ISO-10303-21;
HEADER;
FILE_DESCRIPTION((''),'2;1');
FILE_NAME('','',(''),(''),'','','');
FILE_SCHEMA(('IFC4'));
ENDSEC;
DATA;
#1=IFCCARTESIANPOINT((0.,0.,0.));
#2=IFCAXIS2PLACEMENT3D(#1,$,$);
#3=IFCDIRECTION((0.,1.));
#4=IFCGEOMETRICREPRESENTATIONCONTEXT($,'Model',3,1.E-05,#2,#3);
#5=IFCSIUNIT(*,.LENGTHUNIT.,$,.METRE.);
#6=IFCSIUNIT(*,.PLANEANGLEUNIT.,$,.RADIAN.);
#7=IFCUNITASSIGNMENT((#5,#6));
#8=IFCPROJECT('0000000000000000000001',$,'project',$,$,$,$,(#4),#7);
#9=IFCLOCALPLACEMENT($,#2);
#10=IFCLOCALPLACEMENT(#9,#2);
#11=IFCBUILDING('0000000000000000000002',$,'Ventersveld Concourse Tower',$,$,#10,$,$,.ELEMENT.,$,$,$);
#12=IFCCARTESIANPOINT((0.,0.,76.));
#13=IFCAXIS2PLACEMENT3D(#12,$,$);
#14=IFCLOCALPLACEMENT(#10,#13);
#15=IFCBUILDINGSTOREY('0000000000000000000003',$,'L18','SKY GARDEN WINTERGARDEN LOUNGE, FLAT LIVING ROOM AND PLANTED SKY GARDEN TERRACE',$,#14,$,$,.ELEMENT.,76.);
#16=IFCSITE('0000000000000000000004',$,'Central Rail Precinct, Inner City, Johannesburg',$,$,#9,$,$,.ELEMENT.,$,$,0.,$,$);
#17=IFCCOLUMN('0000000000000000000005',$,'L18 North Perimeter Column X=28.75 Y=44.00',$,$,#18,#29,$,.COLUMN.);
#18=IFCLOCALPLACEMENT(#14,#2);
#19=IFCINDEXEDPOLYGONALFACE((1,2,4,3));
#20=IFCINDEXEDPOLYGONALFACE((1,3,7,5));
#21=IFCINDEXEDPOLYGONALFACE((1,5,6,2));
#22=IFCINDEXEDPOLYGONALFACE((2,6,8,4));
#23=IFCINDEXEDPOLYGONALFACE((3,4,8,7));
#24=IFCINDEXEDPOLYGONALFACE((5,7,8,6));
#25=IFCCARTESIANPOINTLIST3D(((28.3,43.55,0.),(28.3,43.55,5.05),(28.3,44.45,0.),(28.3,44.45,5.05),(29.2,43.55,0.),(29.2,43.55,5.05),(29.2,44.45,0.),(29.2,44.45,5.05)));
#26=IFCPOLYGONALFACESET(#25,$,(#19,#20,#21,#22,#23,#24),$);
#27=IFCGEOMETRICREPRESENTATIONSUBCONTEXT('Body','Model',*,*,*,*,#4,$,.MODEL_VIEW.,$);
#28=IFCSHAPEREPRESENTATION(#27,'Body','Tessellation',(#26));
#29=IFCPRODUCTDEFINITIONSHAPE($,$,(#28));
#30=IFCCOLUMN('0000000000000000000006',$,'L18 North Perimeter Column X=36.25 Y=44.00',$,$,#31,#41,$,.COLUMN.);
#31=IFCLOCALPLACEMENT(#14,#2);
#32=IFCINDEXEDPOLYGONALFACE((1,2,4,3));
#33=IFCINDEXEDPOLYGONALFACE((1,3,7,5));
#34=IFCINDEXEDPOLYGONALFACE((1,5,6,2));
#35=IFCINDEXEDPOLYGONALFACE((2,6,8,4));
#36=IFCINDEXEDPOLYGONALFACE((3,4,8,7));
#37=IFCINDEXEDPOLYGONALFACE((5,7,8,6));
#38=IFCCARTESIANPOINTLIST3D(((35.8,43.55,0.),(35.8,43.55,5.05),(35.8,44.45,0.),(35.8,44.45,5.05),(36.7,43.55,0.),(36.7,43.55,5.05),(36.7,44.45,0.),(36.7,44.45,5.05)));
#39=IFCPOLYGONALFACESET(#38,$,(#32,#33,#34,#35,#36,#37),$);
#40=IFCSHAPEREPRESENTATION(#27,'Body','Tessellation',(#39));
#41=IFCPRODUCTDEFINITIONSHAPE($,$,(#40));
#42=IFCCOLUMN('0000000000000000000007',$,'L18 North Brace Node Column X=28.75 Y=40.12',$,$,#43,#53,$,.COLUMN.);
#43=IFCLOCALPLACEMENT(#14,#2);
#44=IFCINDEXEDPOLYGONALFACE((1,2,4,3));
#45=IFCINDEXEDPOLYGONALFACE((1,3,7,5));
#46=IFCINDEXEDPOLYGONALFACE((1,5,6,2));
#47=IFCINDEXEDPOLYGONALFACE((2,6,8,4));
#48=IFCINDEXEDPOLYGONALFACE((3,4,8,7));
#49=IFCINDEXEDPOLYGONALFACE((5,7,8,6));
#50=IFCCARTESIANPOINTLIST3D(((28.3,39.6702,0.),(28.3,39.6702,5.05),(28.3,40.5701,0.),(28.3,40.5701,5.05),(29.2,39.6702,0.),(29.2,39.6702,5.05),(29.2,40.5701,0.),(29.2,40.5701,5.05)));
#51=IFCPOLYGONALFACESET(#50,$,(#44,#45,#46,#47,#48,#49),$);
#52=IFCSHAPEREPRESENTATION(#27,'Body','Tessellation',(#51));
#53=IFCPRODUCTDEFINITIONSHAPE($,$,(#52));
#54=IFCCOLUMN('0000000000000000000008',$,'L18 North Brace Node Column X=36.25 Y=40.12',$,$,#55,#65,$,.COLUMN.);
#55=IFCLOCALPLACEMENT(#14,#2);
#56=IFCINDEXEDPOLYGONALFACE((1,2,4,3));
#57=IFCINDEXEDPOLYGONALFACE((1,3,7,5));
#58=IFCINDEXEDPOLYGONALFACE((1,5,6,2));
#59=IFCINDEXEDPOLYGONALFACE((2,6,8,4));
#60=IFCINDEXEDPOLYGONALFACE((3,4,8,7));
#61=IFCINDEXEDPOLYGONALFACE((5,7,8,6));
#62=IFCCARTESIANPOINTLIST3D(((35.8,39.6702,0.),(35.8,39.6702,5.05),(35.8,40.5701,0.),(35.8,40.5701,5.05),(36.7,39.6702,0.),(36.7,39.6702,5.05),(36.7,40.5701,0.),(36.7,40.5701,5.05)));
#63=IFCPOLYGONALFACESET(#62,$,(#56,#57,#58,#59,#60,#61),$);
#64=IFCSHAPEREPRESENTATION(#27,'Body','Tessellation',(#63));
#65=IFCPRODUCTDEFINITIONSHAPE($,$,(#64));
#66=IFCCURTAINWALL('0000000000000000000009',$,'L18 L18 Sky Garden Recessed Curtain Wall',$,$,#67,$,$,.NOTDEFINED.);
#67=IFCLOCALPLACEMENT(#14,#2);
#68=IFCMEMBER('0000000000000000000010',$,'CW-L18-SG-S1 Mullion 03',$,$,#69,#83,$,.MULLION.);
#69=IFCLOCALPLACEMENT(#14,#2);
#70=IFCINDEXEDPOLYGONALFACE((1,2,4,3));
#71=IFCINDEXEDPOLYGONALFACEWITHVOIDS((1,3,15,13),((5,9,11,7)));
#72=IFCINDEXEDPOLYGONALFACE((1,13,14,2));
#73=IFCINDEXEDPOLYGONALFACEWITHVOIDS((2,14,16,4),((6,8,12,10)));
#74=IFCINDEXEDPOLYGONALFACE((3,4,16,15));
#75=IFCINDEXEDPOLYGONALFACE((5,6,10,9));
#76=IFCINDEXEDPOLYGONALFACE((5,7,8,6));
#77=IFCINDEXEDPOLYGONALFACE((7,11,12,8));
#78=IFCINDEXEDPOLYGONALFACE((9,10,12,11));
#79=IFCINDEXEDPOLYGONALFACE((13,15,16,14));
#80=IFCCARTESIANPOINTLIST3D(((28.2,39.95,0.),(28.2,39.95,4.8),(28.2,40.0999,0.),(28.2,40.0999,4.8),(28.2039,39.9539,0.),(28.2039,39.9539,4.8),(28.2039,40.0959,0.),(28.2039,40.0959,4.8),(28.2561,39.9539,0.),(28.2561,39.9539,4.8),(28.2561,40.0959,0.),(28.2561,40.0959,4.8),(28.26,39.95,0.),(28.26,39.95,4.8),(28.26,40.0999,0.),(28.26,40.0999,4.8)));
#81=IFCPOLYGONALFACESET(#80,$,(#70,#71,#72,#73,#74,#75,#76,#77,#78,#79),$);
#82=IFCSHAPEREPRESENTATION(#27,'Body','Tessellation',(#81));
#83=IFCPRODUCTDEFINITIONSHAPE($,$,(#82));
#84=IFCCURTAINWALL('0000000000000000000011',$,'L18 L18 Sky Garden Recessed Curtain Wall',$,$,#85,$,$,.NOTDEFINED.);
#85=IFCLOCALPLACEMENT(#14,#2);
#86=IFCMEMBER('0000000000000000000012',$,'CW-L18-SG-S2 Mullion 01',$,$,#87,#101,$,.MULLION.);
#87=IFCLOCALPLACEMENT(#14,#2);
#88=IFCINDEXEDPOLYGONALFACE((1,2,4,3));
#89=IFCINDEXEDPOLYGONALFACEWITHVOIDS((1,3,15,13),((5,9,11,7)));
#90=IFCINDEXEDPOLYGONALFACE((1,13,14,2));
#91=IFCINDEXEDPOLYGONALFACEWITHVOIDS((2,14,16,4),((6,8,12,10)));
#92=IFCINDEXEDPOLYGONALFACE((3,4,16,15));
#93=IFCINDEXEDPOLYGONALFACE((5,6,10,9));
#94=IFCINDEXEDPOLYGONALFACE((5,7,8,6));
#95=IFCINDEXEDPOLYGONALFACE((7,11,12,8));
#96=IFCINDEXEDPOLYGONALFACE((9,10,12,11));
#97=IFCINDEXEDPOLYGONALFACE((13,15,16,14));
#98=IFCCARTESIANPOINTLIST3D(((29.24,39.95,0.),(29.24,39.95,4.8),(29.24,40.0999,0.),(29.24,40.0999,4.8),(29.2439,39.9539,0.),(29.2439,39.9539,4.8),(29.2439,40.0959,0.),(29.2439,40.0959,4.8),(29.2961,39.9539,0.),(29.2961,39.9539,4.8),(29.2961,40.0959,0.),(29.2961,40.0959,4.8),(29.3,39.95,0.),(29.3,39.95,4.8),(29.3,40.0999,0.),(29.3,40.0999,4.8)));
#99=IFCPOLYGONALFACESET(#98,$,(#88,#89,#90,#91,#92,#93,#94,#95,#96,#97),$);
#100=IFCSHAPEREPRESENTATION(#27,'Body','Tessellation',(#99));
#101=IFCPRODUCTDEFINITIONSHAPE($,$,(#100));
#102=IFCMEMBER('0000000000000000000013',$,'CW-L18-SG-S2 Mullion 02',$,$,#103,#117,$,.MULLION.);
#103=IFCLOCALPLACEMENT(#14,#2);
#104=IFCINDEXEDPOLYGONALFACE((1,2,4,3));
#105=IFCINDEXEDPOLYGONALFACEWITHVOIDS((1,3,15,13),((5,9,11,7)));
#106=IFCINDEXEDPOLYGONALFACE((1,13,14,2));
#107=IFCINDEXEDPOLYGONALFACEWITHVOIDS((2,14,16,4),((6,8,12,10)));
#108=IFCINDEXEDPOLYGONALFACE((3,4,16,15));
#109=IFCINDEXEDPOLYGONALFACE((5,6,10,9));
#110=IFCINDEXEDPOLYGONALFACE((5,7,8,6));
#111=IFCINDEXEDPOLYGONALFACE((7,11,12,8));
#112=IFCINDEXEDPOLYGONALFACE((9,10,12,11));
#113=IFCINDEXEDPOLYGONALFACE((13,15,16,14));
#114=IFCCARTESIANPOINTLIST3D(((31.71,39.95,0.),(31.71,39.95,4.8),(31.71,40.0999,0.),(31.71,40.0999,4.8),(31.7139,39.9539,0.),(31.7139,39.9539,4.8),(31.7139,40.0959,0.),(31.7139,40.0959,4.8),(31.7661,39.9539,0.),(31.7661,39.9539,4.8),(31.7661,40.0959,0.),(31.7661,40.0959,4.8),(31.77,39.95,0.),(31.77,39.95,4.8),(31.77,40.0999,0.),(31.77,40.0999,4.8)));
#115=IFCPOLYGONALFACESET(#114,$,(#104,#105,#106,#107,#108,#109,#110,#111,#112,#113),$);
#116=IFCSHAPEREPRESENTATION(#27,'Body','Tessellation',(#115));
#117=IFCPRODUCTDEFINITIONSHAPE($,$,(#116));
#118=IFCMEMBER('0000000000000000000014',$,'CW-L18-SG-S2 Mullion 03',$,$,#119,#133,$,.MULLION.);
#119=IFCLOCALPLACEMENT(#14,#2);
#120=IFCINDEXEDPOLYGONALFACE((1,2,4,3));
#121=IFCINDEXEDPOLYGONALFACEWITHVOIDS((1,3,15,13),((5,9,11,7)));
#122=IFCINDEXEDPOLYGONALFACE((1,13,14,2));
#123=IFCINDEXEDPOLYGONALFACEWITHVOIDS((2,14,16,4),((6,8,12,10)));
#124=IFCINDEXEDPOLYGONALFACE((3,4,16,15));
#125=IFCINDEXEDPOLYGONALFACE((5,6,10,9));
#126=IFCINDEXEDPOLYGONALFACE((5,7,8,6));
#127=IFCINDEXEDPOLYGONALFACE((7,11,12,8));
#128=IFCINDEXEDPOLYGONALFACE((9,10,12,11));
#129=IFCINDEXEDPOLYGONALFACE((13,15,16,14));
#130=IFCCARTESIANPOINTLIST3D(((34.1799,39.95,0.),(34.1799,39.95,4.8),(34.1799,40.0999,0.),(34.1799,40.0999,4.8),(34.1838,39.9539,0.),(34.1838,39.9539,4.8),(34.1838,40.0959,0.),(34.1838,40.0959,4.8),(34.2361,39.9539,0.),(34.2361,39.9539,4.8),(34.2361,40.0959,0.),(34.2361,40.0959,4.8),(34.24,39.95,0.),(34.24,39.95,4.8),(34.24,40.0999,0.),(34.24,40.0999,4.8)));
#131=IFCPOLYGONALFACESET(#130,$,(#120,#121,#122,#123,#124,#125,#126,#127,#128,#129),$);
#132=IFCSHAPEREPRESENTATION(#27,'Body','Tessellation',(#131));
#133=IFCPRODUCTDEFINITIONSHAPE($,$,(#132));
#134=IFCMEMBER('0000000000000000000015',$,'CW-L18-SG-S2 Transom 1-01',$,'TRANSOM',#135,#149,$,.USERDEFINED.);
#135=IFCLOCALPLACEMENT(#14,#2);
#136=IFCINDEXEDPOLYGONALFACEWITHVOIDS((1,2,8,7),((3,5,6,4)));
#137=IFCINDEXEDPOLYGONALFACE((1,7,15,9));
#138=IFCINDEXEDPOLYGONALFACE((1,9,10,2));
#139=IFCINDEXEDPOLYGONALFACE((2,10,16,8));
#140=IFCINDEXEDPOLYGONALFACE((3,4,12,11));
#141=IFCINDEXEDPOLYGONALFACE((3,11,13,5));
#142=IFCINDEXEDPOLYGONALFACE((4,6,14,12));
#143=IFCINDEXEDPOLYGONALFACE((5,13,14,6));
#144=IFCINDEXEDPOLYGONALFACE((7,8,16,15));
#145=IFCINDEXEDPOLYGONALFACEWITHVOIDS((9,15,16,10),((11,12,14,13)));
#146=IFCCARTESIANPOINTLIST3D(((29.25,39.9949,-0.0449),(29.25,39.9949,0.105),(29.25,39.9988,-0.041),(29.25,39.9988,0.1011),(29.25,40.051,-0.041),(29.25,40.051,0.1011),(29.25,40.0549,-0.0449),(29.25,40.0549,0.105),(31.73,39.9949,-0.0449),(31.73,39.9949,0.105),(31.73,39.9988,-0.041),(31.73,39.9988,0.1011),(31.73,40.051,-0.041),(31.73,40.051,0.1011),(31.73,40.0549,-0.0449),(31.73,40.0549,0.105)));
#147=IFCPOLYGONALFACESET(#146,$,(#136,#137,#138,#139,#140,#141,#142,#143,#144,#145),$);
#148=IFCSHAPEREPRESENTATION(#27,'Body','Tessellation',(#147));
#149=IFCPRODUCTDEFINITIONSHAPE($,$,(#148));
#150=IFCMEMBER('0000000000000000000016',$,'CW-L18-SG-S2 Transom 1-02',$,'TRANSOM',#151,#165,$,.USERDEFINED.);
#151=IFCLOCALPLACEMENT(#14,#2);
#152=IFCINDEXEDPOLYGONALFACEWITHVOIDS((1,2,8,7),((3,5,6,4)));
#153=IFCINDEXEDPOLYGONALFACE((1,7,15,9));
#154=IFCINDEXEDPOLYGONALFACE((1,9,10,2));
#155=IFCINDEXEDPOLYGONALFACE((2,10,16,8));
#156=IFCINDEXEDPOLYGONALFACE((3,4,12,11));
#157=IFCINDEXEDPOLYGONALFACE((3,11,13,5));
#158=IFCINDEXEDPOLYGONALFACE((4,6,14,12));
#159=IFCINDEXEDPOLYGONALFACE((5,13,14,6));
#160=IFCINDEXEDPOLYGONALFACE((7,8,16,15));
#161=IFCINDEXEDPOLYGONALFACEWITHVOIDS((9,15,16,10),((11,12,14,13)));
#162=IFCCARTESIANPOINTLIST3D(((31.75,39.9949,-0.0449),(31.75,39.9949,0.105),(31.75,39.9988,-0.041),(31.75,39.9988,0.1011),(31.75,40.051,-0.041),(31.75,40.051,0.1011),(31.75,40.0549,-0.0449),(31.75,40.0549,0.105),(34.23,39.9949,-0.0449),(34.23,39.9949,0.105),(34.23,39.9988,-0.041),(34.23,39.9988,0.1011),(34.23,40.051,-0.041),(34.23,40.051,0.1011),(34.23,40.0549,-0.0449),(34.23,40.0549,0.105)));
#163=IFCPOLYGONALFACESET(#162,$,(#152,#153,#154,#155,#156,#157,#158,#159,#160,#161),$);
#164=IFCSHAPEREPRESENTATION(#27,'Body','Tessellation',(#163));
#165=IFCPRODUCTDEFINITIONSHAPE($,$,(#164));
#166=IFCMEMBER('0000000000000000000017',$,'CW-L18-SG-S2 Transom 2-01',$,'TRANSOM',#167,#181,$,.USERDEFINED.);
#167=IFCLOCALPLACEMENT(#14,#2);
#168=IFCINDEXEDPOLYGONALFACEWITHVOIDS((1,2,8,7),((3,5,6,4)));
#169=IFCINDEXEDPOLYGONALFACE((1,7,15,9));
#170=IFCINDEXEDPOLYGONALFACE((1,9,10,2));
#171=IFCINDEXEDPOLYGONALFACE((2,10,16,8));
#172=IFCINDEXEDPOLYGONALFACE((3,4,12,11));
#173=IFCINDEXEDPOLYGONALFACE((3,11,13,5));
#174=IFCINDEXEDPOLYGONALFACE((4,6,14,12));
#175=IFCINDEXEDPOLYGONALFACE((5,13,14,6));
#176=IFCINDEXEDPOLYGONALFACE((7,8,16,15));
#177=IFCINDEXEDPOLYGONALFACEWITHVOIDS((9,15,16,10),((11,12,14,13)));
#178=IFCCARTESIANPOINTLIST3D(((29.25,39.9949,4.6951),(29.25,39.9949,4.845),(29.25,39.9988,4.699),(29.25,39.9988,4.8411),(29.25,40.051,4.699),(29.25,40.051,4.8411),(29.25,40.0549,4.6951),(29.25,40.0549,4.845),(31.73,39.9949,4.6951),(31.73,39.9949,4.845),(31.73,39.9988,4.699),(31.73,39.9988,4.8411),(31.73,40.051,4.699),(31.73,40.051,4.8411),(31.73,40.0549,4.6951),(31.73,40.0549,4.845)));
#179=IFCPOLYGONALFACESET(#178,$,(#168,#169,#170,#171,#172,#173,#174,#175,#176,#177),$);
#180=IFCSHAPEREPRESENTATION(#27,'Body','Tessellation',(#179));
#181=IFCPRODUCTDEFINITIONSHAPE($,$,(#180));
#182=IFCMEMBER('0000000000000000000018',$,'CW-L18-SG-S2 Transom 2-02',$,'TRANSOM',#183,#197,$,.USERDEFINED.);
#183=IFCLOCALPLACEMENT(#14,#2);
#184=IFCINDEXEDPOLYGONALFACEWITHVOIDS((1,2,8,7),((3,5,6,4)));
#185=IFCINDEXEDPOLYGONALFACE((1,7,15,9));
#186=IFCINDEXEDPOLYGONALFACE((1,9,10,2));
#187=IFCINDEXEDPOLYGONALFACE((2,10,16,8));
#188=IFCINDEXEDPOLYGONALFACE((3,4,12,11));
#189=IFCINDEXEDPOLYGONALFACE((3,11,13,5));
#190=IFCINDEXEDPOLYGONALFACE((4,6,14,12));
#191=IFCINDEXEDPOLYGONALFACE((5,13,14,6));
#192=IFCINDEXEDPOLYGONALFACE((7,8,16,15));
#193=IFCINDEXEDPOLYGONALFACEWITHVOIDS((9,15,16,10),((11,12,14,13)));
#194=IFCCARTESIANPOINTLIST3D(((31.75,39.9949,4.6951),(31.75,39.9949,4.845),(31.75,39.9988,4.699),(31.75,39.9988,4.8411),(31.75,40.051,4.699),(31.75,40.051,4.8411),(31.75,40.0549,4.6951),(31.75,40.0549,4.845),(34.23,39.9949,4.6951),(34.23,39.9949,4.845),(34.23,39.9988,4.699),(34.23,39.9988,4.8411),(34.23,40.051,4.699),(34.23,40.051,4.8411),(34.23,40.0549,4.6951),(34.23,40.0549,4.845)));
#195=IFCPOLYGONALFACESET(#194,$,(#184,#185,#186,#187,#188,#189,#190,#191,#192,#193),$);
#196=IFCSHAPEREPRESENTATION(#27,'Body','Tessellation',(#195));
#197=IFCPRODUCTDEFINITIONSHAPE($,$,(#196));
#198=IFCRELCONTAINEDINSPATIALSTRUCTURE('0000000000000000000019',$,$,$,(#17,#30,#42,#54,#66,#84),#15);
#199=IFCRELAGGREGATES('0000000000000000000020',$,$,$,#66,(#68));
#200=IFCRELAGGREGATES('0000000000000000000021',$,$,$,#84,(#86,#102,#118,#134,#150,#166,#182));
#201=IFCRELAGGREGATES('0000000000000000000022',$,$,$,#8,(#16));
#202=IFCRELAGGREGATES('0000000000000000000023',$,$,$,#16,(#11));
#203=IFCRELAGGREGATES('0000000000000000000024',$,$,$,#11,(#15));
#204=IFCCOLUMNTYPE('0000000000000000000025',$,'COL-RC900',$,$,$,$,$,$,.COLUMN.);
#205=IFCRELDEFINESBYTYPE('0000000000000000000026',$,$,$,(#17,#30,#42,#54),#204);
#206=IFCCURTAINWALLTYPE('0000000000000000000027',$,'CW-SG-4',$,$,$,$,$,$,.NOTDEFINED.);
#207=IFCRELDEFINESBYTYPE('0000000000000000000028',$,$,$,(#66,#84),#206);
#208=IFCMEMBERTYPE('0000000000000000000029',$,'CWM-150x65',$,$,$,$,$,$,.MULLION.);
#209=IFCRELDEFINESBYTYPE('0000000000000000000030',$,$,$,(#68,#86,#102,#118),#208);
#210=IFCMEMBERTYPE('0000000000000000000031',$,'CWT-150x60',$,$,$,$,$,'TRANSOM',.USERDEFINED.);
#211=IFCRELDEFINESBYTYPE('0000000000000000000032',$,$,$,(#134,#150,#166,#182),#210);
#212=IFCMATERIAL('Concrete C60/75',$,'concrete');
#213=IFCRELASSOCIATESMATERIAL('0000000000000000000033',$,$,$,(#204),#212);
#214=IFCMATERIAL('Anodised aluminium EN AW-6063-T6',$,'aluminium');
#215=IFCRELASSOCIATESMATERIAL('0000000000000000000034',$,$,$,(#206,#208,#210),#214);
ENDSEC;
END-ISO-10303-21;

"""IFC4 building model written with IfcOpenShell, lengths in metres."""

from ifc_helpers import new_model, si_unit, direction, frame, origin, origin_2d, place, context, subcontext, project, spatial, rectangle, hollow_rectangle, extrude, material, material_profile, profile_set, type_object, element, aggregate, save


model = new_model("IFC4")

# Units and contexts
model_context = context("Model", 3, precision=1e-05, world=origin(), true_north=direction((0.0, 1.0)))
body_context = subcontext(model_context, "Body", "Model", "MODEL_VIEW")
ifc_project = project(units=[si_unit("LENGTHUNIT", "METRE"), si_unit("PLANEANGLEUNIT", "RADIAN")], contexts=[model_context])

# Site, building, storey
site_placement = place(None, origin())
site = spatial("IfcSite", under=ifc_project, at=site_placement, Name="Central Rail Precinct, Inner City, Johannesburg", CompositionType="ELEMENT", RefElevation=0.0)
building_placement = place(site_placement, origin())
building = spatial("IfcBuilding", under=site, at=building_placement, Name="Ventersveld Concourse Tower", CompositionType="ELEMENT")
storey_placement = place(building_placement, frame((0.0, 0.0, 76.0)))
storey = spatial("IfcBuildingStorey", under=building, at=storey_placement, Name="L18", Description="SKY GARDEN WINTERGARDEN LOUNGE, FLAT LIVING ROOM AND PLANTED SKY GARDEN TERRACE", CompositionType="ELEMENT", Elevation=76.0)

# Columns
ifc_material_1 = material(Name="Concrete C60/75", Category="concrete")
ifc_material_profile_1 = material_profile(ifc_material_1, rectangle(XDim=0.8999, YDim=0.8999, at=origin_2d()), Name="RC 900x900")
ifc_profile_set_1 = profile_set([ifc_material_profile_1], Name="Concrete C60/75")
column_type = type_object("IfcColumnType", Name="COL-RC900", PredefinedType="COLUMN", material=ifc_profile_set_1)
for number, where, z_axis, x_axis, name in (
    (1, (28.75, 44.0, 0.0), (0.0, 0.0, 1.0), (1.0, 0.0, 0.0), "L18 North Perimeter Column X=28.75 Y=44.00"),
    (2, (36.25, 44.0, 0.0), (0.0, 0.0, 1.0), (1.0, 0.0, 0.0), "L18 North Perimeter Column X=36.25 Y=44.00"),
    (3, (28.75, 40.1201, 0.0), (0.0, 0.0, 1.0), (1.0, 0.0, 0.0), "L18 North Brace Node Column X=28.75 Y=40.12"),
    (4, (36.25, 40.1201, 0.0), (0.0, 0.0, 1.0), (1.0, 0.0, 0.0), "L18 North Brace Node Column X=36.25 Y=40.12"),
):
    element("IfcColumn", number, at=place(storey_placement, frame(where, z_axis=z_axis, x_axis=x_axis)), inside=storey, type_object=column_type, Name=name, PredefinedType="COLUMN", context=body_context, shape_type="SweptSolid", body=[
        extrude(rectangle(XDim=0.8999, YDim=0.8999, at=origin_2d()), origin(), (0.0, 0.0, 1.0), 5.05),
    ])

# Curtain wall, member
ifc_material_2 = material(Name="Anodised aluminium EN AW-6063-T6", Category="aluminium")
curtain_wall_type = type_object("IfcCurtainWallType", Name="CW-SG-4", PredefinedType="NOTDEFINED", material=ifc_material_2)
curtain_wall_1_placement = place(storey_placement, origin())
curtain_wall_1 = element("IfcCurtainWall", 5, at=curtain_wall_1_placement, inside=storey, type_object=curtain_wall_type, Name="L18 L18 Sky Garden Recessed Curtain Wall", PredefinedType="NOTDEFINED")
ifc_material_profile_2 = material_profile(ifc_material_2, hollow_rectangle(XDim=0.0601, YDim=0.1499, WallThickness=0.0039, at=origin_2d()), Name="ALU 150x60x4")
ifc_profile_set_2 = profile_set([ifc_material_profile_2], Name="Anodised aluminium EN AW-6063-T6")
member_type_1 = type_object("IfcMemberType", Name="CWM-150x65", PredefinedType="MULLION", material=ifc_profile_set_2)
member_1_placement = place(storey_placement, frame((28.23, 40.0249, 0.0), z_axis=(0.0, 0.0, 1.0), x_axis=(1.0, 0.0, 0.0)))
member_1 = element("IfcMember", 6, at=member_1_placement, type_object=member_type_1, Name="CW-L18-SG-S1 Mullion 03", PredefinedType="MULLION", context=body_context, shape_type="SweptSolid", body=[
    extrude(hollow_rectangle(XDim=0.0601, YDim=0.1499, WallThickness=0.0039, at=origin_2d()), origin(), (0.0, 0.0, 1.0), 4.8),
])

# Curtain wall, members
curtain_wall_2_placement = place(storey_placement, origin())
curtain_wall_2 = element("IfcCurtainWall", 7, at=curtain_wall_2_placement, inside=storey, type_object=curtain_wall_type, Name="L18 L18 Sky Garden Recessed Curtain Wall", PredefinedType="NOTDEFINED")
member_2_placement = place(storey_placement, frame((29.27, 40.0249, 0.0), z_axis=(0.0, 0.0, 1.0), x_axis=(1.0, 0.0, 0.0)))
member_2 = element("IfcMember", 8, at=member_2_placement, type_object=member_type_1, Name="CW-L18-SG-S2 Mullion 01", PredefinedType="MULLION", context=body_context, shape_type="SweptSolid", body=[
    extrude(hollow_rectangle(XDim=0.0601, YDim=0.1499, WallThickness=0.0039, at=origin_2d()), origin(), (0.0, 0.0, 1.0), 4.8),
])
member_3_placement = place(storey_placement, frame((31.74, 40.0249, 0.0), z_axis=(0.0, 0.0, 1.0), x_axis=(1.0, 0.0, 0.0)))
member_3 = element("IfcMember", 9, at=member_3_placement, type_object=member_type_1, Name="CW-L18-SG-S2 Mullion 02", PredefinedType="MULLION", context=body_context, shape_type="SweptSolid", body=[
    extrude(hollow_rectangle(XDim=0.0601, YDim=0.1499, WallThickness=0.0039, at=origin_2d()), origin(), (0.0, 0.0, 1.0), 4.8),
])
member_4_placement = place(storey_placement, frame((34.21, 40.0249, 0.0), z_axis=(0.0, 0.0, 1.0), x_axis=(1.0, 0.0, 0.0)))
member_4 = element("IfcMember", 10, at=member_4_placement, type_object=member_type_1, Name="CW-L18-SG-S2 Mullion 03", PredefinedType="MULLION", context=body_context, shape_type="SweptSolid", body=[
    extrude(hollow_rectangle(XDim=0.0601, YDim=0.1499, WallThickness=0.0039, at=origin_2d()), origin(), (0.0, 0.0, 1.0), 4.8),
])
ifc_material_profile_3 = material_profile(ifc_material_2, hollow_rectangle(XDim=0.0601, YDim=0.1499, WallThickness=0.0039, at=origin_2d()), Name="ALU 150x60x4")
ifc_profile_set_3 = profile_set([ifc_material_profile_3], Name="Anodised aluminium EN AW-6063-T6")
member_type_2 = type_object("IfcMemberType", Name="CWT-150x60", ElementType="TRANSOM", PredefinedType="USERDEFINED", material=ifc_profile_set_3)
member_5_placement = place(storey_placement, frame((29.25, 40.0249, 0.03), z_axis=(1.0, 0.0, 0.0), x_axis=(0.0, 1.0, 0.0)))
member_5 = element("IfcMember", 11, at=member_5_placement, type_object=member_type_2, Name="CW-L18-SG-S2 Transom 1-01", ObjectType="TRANSOM", PredefinedType="USERDEFINED", context=body_context, shape_type="SweptSolid", body=[
    extrude(hollow_rectangle(XDim=0.0601, YDim=0.1499, WallThickness=0.0039, at=origin_2d()), origin(), (0.0, 0.0, 1.0), 2.48),
])
member_6_placement = place(storey_placement, frame((31.75, 40.0249, 0.03), z_axis=(1.0, 0.0, 0.0), x_axis=(0.0, 1.0, 0.0)))
member_6 = element("IfcMember", 12, at=member_6_placement, type_object=member_type_2, Name="CW-L18-SG-S2 Transom 1-02", ObjectType="TRANSOM", PredefinedType="USERDEFINED", context=body_context, shape_type="SweptSolid", body=[
    extrude(hollow_rectangle(XDim=0.0601, YDim=0.1499, WallThickness=0.0039, at=origin_2d()), origin(), (0.0, 0.0, 1.0), 2.48),
])
member_7_placement = place(storey_placement, frame((29.25, 40.0249, 4.77), z_axis=(1.0, 0.0, 0.0), x_axis=(0.0, 1.0, 0.0)))
member_7 = element("IfcMember", 13, at=member_7_placement, type_object=member_type_2, Name="CW-L18-SG-S2 Transom 2-01", ObjectType="TRANSOM", PredefinedType="USERDEFINED", context=body_context, shape_type="SweptSolid", body=[
    extrude(hollow_rectangle(XDim=0.0601, YDim=0.1499, WallThickness=0.0039, at=origin_2d()), origin(), (0.0, 0.0, 1.0), 2.48),
])
member_8_placement = place(storey_placement, frame((31.75, 40.0249, 4.77), z_axis=(1.0, 0.0, 0.0), x_axis=(0.0, 1.0, 0.0)))
member_8 = element("IfcMember", 14, at=member_8_placement, type_object=member_type_2, Name="CW-L18-SG-S2 Transom 2-02", ObjectType="TRANSOM", PredefinedType="USERDEFINED", context=body_context, shape_type="SweptSolid", body=[
    extrude(hollow_rectangle(XDim=0.0601, YDim=0.1499, WallThickness=0.0039, at=origin_2d()), origin(), (0.0, 0.0, 1.0), 2.48),
])

aggregate(curtain_wall_1, [member_1])
aggregate(curtain_wall_2, [member_2, member_3, member_4, member_5, member_6, member_7, member_8])

save(model, "model.ifc")
